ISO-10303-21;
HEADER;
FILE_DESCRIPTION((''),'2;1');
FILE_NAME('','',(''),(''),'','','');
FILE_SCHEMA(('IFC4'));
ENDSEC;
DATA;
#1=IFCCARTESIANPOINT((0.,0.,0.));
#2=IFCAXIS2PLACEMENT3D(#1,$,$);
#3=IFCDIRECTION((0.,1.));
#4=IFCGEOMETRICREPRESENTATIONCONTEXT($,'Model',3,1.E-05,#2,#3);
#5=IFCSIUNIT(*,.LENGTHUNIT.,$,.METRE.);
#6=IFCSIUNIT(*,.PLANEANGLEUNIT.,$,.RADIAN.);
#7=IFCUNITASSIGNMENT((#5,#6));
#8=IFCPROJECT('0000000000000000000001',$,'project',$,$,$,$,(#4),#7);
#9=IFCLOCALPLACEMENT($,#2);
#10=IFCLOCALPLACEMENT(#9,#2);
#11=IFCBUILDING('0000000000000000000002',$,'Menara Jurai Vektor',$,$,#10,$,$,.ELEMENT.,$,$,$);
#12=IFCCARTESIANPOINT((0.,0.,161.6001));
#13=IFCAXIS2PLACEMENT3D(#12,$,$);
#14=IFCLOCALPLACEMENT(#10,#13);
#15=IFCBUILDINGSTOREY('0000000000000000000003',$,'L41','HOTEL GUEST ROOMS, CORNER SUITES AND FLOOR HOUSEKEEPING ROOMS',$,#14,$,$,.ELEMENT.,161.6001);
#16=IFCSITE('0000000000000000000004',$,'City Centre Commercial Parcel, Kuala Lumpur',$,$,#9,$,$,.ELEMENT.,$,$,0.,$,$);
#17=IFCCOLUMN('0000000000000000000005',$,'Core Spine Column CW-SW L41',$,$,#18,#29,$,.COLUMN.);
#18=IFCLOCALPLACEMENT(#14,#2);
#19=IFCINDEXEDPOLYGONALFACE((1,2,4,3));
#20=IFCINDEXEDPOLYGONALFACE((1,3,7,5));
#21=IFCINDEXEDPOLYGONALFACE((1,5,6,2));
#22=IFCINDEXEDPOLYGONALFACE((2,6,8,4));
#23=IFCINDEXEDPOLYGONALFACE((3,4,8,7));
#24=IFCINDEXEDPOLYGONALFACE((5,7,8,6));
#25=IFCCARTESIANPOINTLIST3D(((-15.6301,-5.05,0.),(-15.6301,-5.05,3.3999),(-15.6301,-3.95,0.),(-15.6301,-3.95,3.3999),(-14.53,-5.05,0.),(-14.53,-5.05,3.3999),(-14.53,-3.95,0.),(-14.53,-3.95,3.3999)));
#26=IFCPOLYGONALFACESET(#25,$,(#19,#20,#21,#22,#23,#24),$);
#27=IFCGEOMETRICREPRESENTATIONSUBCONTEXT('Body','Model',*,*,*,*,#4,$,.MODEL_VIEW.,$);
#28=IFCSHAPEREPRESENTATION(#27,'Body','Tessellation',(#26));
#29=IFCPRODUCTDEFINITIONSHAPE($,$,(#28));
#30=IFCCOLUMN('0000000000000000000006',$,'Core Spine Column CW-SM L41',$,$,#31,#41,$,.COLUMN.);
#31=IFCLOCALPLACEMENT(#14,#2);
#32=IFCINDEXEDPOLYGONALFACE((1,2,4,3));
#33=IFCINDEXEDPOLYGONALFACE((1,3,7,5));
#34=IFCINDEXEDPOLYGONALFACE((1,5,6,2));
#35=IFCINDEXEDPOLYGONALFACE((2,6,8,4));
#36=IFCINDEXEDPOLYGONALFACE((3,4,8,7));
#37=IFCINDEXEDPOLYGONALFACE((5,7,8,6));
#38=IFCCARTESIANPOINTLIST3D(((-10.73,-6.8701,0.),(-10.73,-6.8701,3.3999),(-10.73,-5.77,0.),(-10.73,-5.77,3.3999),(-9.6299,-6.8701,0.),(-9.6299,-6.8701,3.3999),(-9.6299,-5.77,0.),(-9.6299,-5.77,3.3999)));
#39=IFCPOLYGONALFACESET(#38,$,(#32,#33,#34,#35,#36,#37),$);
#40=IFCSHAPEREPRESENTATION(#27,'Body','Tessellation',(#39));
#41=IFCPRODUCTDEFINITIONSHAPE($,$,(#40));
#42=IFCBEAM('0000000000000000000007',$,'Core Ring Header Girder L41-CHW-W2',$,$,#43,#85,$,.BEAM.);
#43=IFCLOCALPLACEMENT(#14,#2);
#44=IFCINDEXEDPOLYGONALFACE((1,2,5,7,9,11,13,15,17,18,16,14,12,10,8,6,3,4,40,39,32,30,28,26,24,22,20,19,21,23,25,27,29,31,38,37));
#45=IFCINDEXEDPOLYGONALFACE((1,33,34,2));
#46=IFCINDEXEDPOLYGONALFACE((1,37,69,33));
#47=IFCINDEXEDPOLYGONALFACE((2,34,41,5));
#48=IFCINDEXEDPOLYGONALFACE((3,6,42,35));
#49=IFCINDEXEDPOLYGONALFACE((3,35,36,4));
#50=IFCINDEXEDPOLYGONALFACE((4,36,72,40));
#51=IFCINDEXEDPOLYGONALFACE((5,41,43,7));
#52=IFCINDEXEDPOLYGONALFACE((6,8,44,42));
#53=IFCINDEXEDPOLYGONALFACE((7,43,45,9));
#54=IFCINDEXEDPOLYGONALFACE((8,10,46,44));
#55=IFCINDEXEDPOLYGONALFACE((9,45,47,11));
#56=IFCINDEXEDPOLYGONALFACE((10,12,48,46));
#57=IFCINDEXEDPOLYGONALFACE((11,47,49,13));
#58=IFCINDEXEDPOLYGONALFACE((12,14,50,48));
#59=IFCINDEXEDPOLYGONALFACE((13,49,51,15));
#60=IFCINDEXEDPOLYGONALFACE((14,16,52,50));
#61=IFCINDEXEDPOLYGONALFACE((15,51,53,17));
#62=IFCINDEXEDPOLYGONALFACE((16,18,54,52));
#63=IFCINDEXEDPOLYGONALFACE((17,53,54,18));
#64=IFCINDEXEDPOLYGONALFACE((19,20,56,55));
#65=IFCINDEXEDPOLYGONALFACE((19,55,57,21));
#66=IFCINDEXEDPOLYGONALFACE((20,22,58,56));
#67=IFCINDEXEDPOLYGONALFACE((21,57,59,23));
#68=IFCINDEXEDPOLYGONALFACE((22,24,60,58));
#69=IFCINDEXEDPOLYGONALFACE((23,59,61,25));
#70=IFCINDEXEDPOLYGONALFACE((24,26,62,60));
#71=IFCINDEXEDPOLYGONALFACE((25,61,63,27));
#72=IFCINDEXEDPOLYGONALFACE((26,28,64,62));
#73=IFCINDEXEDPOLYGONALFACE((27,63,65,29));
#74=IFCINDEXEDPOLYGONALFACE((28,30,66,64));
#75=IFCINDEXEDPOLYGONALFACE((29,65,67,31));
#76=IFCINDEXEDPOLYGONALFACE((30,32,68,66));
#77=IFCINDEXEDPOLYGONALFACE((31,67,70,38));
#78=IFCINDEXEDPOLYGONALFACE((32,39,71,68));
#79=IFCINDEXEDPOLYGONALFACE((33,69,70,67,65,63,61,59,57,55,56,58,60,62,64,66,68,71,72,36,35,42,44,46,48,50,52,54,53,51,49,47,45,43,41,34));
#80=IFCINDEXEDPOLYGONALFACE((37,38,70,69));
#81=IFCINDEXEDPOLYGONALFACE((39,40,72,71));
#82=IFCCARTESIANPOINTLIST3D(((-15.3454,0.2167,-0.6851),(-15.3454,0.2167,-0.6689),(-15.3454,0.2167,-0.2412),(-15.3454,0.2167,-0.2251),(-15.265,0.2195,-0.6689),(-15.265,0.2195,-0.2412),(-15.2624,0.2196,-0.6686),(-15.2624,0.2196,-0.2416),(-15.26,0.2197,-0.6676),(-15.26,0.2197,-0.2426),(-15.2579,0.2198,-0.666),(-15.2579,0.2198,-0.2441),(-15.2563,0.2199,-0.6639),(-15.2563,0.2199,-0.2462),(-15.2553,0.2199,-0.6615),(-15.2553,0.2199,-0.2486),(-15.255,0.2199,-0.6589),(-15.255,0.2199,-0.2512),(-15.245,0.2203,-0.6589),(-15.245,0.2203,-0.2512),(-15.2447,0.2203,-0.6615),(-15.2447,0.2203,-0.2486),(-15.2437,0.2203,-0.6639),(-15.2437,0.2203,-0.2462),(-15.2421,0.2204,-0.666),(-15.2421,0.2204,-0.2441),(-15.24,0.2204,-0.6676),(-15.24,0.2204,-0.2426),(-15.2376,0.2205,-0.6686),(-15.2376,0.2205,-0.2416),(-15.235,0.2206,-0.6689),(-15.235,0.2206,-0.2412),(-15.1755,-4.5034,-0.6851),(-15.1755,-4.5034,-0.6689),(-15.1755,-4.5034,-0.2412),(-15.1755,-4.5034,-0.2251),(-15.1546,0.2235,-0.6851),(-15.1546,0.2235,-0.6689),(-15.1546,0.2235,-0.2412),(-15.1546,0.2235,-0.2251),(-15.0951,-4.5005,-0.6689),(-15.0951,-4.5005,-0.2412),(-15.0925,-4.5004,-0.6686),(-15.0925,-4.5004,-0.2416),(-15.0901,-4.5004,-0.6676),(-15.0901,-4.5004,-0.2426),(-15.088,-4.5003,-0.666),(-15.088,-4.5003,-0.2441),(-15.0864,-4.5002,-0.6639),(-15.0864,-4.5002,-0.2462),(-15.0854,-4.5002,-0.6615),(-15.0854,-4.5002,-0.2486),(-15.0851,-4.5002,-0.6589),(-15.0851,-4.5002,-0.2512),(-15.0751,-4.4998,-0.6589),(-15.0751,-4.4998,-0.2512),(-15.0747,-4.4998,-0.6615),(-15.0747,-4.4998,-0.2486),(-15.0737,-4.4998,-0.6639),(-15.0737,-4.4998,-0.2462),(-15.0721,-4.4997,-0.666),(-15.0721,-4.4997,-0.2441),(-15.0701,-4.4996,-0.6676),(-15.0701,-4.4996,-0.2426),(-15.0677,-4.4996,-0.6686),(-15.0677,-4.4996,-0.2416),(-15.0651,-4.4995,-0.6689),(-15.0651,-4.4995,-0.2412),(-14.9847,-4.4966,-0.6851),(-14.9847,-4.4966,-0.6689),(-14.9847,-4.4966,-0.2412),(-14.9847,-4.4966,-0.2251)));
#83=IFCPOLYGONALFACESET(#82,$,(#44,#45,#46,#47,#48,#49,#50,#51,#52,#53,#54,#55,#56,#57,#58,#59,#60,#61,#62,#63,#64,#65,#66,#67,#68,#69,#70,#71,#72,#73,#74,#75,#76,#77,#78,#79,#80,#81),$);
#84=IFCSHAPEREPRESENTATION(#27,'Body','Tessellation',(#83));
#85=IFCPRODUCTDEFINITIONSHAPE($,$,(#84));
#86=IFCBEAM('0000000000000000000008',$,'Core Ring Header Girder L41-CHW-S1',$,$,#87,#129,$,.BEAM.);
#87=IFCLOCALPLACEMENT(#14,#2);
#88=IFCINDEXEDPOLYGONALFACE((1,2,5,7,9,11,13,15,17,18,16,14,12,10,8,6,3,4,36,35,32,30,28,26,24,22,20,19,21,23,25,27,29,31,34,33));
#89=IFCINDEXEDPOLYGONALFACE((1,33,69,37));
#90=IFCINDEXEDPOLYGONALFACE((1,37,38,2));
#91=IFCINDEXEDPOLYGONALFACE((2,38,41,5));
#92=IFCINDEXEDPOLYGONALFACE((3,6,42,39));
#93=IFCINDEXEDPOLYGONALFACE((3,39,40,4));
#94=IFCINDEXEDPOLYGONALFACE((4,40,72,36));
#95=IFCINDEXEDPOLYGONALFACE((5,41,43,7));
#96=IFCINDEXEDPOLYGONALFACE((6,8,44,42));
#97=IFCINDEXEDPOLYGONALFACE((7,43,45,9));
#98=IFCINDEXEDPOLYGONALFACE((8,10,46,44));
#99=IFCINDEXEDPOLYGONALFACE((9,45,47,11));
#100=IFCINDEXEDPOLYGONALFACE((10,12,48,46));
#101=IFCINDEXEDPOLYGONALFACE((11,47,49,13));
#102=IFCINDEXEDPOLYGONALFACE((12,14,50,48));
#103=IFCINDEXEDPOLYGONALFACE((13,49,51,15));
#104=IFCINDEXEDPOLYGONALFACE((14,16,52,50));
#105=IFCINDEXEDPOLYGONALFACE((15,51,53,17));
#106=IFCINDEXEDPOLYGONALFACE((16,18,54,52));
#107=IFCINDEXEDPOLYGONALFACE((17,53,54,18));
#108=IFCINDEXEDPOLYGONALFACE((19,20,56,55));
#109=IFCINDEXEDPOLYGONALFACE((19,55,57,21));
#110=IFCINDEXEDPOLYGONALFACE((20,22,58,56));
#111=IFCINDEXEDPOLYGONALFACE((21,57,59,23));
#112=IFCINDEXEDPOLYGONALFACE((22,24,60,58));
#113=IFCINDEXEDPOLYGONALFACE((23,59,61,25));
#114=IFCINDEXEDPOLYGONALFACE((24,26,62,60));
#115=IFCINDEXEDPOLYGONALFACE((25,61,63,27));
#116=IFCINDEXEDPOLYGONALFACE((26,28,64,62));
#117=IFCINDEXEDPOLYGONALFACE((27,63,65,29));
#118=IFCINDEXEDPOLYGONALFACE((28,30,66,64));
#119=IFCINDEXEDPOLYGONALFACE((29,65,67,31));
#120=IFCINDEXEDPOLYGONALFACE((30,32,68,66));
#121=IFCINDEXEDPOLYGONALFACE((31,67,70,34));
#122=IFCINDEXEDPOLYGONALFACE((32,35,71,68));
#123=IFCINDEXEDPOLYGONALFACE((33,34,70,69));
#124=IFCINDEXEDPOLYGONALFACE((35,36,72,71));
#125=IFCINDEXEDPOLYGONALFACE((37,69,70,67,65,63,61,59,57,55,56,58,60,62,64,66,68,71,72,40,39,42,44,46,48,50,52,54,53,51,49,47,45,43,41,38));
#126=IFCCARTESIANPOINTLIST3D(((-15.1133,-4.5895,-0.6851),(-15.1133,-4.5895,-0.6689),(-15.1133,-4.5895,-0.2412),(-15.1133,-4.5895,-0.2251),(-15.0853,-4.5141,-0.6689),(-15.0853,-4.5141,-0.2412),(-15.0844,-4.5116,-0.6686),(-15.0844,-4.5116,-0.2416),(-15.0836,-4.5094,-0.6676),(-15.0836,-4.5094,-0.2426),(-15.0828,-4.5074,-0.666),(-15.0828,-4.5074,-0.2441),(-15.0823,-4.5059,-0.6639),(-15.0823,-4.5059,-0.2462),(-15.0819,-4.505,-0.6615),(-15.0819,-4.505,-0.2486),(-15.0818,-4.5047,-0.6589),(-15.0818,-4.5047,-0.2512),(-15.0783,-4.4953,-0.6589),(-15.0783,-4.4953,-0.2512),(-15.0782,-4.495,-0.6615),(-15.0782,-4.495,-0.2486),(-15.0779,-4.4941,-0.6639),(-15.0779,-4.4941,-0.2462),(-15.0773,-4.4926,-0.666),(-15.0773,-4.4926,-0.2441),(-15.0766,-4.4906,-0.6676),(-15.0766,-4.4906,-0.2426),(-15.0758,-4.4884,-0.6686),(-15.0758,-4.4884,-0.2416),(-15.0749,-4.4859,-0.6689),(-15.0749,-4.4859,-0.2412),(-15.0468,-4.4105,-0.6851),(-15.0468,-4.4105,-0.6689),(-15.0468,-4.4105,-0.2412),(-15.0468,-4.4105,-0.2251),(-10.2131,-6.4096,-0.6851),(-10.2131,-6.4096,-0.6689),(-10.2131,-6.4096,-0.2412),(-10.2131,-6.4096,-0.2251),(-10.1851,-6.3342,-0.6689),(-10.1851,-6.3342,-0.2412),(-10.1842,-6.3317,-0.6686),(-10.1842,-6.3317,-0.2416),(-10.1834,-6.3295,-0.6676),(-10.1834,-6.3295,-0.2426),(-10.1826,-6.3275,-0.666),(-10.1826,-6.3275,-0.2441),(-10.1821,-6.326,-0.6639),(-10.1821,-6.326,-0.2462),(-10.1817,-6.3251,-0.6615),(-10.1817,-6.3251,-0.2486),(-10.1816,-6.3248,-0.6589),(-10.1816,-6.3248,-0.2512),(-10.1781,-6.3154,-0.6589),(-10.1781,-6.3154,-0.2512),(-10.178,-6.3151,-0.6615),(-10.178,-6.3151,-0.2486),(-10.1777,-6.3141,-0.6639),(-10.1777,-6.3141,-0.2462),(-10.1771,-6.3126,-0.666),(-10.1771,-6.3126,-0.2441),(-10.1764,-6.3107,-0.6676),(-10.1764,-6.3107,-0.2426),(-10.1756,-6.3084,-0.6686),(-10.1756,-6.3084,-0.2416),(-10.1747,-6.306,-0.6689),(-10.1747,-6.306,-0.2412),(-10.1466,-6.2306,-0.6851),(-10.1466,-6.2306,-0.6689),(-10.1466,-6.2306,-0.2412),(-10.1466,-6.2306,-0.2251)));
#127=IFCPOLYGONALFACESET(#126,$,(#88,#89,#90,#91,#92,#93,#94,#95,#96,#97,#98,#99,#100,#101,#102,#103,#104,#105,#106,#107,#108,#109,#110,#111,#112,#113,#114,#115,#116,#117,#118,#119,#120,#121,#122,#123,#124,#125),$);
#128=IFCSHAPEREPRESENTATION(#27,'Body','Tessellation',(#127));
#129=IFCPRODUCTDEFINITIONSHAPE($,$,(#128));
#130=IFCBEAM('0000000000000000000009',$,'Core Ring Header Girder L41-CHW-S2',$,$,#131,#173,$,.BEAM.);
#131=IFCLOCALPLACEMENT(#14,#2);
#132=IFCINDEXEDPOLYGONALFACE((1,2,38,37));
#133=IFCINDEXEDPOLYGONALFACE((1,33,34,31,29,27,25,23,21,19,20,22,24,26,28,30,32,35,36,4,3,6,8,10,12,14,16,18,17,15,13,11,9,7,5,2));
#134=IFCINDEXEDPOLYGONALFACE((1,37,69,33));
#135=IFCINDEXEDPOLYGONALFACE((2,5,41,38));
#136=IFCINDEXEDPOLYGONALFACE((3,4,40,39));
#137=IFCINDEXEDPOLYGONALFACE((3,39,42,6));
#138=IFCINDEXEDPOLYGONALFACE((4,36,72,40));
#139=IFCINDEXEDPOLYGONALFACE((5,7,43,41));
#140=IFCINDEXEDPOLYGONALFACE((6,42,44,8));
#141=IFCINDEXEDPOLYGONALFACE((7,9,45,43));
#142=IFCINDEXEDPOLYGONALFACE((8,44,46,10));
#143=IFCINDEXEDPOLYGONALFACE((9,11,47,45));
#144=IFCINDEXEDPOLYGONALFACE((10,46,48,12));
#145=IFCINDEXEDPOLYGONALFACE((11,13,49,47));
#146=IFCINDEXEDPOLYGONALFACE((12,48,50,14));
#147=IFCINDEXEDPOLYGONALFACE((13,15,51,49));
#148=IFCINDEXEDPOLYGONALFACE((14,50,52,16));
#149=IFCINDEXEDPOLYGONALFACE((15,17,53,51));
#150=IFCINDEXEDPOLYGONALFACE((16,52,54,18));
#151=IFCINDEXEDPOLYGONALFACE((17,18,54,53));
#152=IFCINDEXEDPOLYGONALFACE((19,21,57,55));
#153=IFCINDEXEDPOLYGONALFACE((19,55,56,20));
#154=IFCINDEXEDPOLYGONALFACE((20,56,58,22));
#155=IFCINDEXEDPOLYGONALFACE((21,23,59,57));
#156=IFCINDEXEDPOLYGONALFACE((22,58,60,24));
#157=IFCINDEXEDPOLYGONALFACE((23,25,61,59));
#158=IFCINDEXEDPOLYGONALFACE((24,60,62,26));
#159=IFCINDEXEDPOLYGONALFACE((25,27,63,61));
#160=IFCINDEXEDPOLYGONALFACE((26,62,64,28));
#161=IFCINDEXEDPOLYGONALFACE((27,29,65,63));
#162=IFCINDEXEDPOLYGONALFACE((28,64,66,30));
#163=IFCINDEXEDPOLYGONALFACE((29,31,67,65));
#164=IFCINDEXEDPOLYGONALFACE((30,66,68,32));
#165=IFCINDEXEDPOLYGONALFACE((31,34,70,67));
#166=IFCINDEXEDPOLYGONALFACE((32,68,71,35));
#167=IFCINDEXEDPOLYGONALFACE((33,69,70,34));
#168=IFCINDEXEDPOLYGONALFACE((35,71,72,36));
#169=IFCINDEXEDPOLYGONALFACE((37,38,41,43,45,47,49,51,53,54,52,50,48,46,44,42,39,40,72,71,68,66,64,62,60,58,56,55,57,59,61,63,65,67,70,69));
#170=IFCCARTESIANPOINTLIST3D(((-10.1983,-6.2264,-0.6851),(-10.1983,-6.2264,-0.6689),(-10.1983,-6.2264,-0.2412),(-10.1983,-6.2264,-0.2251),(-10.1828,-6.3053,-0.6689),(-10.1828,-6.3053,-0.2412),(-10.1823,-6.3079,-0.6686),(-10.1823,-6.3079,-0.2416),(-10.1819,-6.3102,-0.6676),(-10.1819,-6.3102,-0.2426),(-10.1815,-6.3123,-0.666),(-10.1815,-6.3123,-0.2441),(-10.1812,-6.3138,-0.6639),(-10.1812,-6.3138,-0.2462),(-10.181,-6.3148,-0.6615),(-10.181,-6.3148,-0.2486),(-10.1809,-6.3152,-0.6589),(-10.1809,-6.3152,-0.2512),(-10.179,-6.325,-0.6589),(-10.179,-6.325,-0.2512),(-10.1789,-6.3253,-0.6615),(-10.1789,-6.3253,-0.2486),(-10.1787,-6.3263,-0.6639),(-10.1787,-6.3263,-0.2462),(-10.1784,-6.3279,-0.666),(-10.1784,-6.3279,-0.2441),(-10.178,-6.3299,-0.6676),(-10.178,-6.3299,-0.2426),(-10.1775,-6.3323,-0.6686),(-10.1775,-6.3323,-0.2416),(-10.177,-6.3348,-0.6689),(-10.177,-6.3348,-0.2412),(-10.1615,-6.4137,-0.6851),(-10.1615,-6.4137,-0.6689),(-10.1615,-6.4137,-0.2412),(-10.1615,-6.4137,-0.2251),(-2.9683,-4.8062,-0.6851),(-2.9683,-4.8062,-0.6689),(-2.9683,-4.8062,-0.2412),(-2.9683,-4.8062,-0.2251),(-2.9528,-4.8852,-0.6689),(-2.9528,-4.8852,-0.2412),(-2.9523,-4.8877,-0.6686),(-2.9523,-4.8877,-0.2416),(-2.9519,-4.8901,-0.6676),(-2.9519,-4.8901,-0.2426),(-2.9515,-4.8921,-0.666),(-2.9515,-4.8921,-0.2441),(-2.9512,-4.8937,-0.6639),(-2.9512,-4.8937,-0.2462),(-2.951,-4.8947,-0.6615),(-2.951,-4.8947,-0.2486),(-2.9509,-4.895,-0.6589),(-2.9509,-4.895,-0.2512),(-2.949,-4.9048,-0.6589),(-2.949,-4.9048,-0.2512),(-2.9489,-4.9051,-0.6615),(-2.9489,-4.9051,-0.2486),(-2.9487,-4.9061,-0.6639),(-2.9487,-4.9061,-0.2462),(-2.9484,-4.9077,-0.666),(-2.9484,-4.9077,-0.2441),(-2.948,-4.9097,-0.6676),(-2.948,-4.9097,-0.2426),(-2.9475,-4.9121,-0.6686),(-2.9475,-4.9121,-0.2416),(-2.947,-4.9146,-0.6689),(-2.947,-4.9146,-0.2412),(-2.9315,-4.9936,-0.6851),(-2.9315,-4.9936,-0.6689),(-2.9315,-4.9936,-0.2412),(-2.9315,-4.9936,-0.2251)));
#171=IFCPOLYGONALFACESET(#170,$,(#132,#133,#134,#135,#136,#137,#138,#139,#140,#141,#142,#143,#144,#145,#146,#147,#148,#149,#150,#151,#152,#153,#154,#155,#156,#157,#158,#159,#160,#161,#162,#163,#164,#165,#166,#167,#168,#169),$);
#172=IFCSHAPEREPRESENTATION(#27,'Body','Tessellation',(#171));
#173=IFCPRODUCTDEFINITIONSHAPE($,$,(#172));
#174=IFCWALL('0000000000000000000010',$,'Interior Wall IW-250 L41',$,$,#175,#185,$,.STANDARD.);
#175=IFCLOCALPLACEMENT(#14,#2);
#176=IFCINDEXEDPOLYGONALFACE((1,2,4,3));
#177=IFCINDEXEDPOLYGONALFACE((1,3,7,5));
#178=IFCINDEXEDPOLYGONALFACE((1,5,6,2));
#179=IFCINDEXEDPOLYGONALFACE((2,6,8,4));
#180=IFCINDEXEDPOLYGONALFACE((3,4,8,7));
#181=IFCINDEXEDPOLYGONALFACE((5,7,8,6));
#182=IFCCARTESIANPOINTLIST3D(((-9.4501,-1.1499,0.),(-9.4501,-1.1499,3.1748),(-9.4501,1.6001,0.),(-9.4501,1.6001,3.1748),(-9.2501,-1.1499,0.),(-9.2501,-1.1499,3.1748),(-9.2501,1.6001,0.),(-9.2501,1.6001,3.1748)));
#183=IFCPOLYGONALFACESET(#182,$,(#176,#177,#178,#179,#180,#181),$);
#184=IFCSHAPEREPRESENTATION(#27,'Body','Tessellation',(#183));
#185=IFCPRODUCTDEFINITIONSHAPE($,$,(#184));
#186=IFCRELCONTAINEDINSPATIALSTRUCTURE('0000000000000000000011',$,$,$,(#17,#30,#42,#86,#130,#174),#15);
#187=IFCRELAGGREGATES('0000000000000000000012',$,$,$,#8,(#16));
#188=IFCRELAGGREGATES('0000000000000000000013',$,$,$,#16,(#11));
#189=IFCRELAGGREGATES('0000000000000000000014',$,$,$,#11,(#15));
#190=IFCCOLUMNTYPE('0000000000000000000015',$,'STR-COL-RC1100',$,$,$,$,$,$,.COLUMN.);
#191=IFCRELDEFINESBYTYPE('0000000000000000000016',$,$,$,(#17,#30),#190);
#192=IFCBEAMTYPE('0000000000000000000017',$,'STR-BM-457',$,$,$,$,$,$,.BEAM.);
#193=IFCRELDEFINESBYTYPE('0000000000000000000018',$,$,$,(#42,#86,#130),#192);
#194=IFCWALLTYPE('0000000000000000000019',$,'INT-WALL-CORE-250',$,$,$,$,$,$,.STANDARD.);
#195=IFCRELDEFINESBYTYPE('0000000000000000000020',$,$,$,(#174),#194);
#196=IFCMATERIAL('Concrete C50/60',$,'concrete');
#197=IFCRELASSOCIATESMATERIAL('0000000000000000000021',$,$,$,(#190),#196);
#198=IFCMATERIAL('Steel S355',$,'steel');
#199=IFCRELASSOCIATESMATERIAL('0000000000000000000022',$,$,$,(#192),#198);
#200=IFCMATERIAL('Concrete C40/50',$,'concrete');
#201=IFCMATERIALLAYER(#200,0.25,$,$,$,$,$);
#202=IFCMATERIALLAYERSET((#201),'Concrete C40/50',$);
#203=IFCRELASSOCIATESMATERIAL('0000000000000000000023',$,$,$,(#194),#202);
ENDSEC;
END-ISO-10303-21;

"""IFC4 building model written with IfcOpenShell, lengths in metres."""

from ifc_helpers import new_model, si_unit, direction, frame, frame_2d, origin, origin_2d, place, context, subcontext, project, spatial, rectangle, i_section, extrude, material, layer, layer_set, material_profile, profile_set, type_object, element, save


model = new_model("IFC4")

# Units and contexts
model_context = context("Model", 3, precision=1e-05, world=origin(), true_north=direction((0.0, 1.0)))
body_context = subcontext(model_context, "Body", "Model", "MODEL_VIEW")
ifc_project = project(units=[si_unit("LENGTHUNIT", "METRE"), si_unit("PLANEANGLEUNIT", "RADIAN")], contexts=[model_context])

# Site, building, storey
site_placement = place(None, origin())
site = spatial("IfcSite", under=ifc_project, at=site_placement, Name="City Centre Commercial Parcel, Kuala Lumpur", CompositionType="ELEMENT", RefElevation=0.0)
building_placement = place(site_placement, origin())
building = spatial("IfcBuilding", under=site, at=building_placement, Name="Menara Jurai Vektor", CompositionType="ELEMENT")
storey_placement = place(building_placement, frame((0.0, 0.0, 161.6001)))
storey = spatial("IfcBuildingStorey", under=building, at=storey_placement, Name="L41", Description="HOTEL GUEST ROOMS, CORNER SUITES AND FLOOR HOUSEKEEPING ROOMS", CompositionType="ELEMENT", Elevation=161.6001)

# Columns
ifc_material_1 = material(Name="Concrete C50/60", Category="concrete")
ifc_material_profile_1 = material_profile(ifc_material_1, rectangle(XDim=1.1001, YDim=1.1001, at=origin_2d()), Name="RC 1100x1100")
ifc_profile_set_1 = profile_set([ifc_material_profile_1], Name="Concrete C50/60")
column_type = type_object("IfcColumnType", Name="STR-COL-RC1100", PredefinedType="COLUMN", material=ifc_profile_set_1)
for number, where, z_axis, x_axis, name in (
    (1, (-15.0801, -4.5, 0.0), (0.0, 0.0, 1.0), (1.0, 0.0, 0.0), "Core Spine Column CW-SW L41"),
    (2, (-10.1799, -6.3201, 0.0), (0.0, 0.0, 1.0), (1.0, 0.0, 0.0), "Core Spine Column CW-SM L41"),
):
    element("IfcColumn", number, at=place(storey_placement, frame(where, z_axis=z_axis, x_axis=x_axis)), inside=storey, type_object=column_type, Name=name, PredefinedType="COLUMN", context=body_context, shape_type="SweptSolid", body=[
        extrude(rectangle(XDim=1.1001, YDim=1.1001, at=origin_2d()), origin(), (0.0, 0.0, 1.0), 3.3999),
    ])

# Beams
ifc_material_2 = material(Name="Steel S355", Category="steel")
ifc_material_profile_2 = material_profile(ifc_material_2, i_section(OverallWidth=0.1909, OverallDepth=0.46, WebThickness=0.01, FlangeThickness=0.0161, FilletRadius=0.01, at=origin_2d()), Name="UKB 457x191x82")
ifc_profile_set_2 = profile_set([ifc_material_profile_2], Name="Steel S355")
beam_type = type_object("IfcBeamType", Name="STR-BM-457", PredefinedType="BEAM", material=ifc_profile_set_2)
beam_1_placement = place(storey_placement, frame((-15.0801, -4.5, -0.4551), z_axis=(-0.035977, 0.999353, 0.0), x_axis=(-0.999353, -0.035977, 0.0)))
element("IfcBeam", 3, at=beam_1_placement, inside=storey, type_object=beam_type, Name="Core Ring Header Girder L41-CHW-W2", PredefinedType="BEAM", context=body_context, shape_type="SweptSolid", body=[
    extrude(i_section(OverallWidth=0.1909, OverallDepth=0.46, WebThickness=0.01, FlangeThickness=0.0161, FilletRadius=0.01, at=origin_2d()), origin(), (0.0, 0.0, 1.0), 4.7231),
])
beam_2_placement = place(storey_placement, frame((-15.0801, -4.5, -0.4551), z_axis=(0.937424, -0.348189, 0.0), x_axis=(0.348189, 0.937424, 0.0)))
element("IfcBeam", 4, at=beam_2_placement, inside=storey, type_object=beam_type, Name="Core Ring Header Girder L41-CHW-S1", PredefinedType="BEAM", context=body_context, shape_type="SweptSolid", body=[
    extrude(i_section(OverallWidth=0.1909, OverallDepth=0.46, WebThickness=0.01, FlangeThickness=0.0161, FilletRadius=0.01, at=origin_2d()), origin(), (0.0, 0.0, 1.0), 5.2273),
])
beam_3_placement = place(storey_placement, frame((-10.1799, -6.3201, -0.4551), z_axis=(0.981249, 0.192744, 0.0), x_axis=(-0.192744, 0.981249, 0.0)))
element("IfcBeam", 5, at=beam_3_placement, inside=storey, type_object=beam_type, Name="Core Ring Header Girder L41-CHW-S2", PredefinedType="BEAM", context=body_context, shape_type="SweptSolid", body=[
    extrude(i_section(OverallWidth=0.1909, OverallDepth=0.46, WebThickness=0.01, FlangeThickness=0.0161, FilletRadius=0.01, at=origin_2d()), origin(), (0.0, 0.0, 1.0), 7.3682),
])

# Shared definitions
ifc_material_3 = material(Name="Concrete C40/50", Category="concrete")
ifc_layer_1 = layer(ifc_material_3, 0.25)
ifc_layer_set_1 = layer_set([ifc_layer_1], Name="Concrete C40/50")
wall_type_1 = type_object("IfcWallType", Name="INT-WALL-CORE-250", PredefinedType="STANDARD", material=ifc_layer_set_1)

# Wall
wall_1_placement = place(storey_placement, frame((-9.3501, -1.1499, 0.0), z_axis=(0.0, 0.0, 1.0), x_axis=(0.0, 1.0, 0.0)))
element("IfcWall", 6, at=wall_1_placement, inside=storey, type_object=wall_type_1, Name="Interior Wall IW-250 L41", PredefinedType="STANDARD", context=body_context, shape_type="SweptSolid", body=[
    extrude(rectangle(XDim=2.75, YDim=0.2, at=frame_2d((1.375, 0.0))), origin(), (0.0, 0.0, 1.0), 3.1748),
])

save(model, "model.ifc")
